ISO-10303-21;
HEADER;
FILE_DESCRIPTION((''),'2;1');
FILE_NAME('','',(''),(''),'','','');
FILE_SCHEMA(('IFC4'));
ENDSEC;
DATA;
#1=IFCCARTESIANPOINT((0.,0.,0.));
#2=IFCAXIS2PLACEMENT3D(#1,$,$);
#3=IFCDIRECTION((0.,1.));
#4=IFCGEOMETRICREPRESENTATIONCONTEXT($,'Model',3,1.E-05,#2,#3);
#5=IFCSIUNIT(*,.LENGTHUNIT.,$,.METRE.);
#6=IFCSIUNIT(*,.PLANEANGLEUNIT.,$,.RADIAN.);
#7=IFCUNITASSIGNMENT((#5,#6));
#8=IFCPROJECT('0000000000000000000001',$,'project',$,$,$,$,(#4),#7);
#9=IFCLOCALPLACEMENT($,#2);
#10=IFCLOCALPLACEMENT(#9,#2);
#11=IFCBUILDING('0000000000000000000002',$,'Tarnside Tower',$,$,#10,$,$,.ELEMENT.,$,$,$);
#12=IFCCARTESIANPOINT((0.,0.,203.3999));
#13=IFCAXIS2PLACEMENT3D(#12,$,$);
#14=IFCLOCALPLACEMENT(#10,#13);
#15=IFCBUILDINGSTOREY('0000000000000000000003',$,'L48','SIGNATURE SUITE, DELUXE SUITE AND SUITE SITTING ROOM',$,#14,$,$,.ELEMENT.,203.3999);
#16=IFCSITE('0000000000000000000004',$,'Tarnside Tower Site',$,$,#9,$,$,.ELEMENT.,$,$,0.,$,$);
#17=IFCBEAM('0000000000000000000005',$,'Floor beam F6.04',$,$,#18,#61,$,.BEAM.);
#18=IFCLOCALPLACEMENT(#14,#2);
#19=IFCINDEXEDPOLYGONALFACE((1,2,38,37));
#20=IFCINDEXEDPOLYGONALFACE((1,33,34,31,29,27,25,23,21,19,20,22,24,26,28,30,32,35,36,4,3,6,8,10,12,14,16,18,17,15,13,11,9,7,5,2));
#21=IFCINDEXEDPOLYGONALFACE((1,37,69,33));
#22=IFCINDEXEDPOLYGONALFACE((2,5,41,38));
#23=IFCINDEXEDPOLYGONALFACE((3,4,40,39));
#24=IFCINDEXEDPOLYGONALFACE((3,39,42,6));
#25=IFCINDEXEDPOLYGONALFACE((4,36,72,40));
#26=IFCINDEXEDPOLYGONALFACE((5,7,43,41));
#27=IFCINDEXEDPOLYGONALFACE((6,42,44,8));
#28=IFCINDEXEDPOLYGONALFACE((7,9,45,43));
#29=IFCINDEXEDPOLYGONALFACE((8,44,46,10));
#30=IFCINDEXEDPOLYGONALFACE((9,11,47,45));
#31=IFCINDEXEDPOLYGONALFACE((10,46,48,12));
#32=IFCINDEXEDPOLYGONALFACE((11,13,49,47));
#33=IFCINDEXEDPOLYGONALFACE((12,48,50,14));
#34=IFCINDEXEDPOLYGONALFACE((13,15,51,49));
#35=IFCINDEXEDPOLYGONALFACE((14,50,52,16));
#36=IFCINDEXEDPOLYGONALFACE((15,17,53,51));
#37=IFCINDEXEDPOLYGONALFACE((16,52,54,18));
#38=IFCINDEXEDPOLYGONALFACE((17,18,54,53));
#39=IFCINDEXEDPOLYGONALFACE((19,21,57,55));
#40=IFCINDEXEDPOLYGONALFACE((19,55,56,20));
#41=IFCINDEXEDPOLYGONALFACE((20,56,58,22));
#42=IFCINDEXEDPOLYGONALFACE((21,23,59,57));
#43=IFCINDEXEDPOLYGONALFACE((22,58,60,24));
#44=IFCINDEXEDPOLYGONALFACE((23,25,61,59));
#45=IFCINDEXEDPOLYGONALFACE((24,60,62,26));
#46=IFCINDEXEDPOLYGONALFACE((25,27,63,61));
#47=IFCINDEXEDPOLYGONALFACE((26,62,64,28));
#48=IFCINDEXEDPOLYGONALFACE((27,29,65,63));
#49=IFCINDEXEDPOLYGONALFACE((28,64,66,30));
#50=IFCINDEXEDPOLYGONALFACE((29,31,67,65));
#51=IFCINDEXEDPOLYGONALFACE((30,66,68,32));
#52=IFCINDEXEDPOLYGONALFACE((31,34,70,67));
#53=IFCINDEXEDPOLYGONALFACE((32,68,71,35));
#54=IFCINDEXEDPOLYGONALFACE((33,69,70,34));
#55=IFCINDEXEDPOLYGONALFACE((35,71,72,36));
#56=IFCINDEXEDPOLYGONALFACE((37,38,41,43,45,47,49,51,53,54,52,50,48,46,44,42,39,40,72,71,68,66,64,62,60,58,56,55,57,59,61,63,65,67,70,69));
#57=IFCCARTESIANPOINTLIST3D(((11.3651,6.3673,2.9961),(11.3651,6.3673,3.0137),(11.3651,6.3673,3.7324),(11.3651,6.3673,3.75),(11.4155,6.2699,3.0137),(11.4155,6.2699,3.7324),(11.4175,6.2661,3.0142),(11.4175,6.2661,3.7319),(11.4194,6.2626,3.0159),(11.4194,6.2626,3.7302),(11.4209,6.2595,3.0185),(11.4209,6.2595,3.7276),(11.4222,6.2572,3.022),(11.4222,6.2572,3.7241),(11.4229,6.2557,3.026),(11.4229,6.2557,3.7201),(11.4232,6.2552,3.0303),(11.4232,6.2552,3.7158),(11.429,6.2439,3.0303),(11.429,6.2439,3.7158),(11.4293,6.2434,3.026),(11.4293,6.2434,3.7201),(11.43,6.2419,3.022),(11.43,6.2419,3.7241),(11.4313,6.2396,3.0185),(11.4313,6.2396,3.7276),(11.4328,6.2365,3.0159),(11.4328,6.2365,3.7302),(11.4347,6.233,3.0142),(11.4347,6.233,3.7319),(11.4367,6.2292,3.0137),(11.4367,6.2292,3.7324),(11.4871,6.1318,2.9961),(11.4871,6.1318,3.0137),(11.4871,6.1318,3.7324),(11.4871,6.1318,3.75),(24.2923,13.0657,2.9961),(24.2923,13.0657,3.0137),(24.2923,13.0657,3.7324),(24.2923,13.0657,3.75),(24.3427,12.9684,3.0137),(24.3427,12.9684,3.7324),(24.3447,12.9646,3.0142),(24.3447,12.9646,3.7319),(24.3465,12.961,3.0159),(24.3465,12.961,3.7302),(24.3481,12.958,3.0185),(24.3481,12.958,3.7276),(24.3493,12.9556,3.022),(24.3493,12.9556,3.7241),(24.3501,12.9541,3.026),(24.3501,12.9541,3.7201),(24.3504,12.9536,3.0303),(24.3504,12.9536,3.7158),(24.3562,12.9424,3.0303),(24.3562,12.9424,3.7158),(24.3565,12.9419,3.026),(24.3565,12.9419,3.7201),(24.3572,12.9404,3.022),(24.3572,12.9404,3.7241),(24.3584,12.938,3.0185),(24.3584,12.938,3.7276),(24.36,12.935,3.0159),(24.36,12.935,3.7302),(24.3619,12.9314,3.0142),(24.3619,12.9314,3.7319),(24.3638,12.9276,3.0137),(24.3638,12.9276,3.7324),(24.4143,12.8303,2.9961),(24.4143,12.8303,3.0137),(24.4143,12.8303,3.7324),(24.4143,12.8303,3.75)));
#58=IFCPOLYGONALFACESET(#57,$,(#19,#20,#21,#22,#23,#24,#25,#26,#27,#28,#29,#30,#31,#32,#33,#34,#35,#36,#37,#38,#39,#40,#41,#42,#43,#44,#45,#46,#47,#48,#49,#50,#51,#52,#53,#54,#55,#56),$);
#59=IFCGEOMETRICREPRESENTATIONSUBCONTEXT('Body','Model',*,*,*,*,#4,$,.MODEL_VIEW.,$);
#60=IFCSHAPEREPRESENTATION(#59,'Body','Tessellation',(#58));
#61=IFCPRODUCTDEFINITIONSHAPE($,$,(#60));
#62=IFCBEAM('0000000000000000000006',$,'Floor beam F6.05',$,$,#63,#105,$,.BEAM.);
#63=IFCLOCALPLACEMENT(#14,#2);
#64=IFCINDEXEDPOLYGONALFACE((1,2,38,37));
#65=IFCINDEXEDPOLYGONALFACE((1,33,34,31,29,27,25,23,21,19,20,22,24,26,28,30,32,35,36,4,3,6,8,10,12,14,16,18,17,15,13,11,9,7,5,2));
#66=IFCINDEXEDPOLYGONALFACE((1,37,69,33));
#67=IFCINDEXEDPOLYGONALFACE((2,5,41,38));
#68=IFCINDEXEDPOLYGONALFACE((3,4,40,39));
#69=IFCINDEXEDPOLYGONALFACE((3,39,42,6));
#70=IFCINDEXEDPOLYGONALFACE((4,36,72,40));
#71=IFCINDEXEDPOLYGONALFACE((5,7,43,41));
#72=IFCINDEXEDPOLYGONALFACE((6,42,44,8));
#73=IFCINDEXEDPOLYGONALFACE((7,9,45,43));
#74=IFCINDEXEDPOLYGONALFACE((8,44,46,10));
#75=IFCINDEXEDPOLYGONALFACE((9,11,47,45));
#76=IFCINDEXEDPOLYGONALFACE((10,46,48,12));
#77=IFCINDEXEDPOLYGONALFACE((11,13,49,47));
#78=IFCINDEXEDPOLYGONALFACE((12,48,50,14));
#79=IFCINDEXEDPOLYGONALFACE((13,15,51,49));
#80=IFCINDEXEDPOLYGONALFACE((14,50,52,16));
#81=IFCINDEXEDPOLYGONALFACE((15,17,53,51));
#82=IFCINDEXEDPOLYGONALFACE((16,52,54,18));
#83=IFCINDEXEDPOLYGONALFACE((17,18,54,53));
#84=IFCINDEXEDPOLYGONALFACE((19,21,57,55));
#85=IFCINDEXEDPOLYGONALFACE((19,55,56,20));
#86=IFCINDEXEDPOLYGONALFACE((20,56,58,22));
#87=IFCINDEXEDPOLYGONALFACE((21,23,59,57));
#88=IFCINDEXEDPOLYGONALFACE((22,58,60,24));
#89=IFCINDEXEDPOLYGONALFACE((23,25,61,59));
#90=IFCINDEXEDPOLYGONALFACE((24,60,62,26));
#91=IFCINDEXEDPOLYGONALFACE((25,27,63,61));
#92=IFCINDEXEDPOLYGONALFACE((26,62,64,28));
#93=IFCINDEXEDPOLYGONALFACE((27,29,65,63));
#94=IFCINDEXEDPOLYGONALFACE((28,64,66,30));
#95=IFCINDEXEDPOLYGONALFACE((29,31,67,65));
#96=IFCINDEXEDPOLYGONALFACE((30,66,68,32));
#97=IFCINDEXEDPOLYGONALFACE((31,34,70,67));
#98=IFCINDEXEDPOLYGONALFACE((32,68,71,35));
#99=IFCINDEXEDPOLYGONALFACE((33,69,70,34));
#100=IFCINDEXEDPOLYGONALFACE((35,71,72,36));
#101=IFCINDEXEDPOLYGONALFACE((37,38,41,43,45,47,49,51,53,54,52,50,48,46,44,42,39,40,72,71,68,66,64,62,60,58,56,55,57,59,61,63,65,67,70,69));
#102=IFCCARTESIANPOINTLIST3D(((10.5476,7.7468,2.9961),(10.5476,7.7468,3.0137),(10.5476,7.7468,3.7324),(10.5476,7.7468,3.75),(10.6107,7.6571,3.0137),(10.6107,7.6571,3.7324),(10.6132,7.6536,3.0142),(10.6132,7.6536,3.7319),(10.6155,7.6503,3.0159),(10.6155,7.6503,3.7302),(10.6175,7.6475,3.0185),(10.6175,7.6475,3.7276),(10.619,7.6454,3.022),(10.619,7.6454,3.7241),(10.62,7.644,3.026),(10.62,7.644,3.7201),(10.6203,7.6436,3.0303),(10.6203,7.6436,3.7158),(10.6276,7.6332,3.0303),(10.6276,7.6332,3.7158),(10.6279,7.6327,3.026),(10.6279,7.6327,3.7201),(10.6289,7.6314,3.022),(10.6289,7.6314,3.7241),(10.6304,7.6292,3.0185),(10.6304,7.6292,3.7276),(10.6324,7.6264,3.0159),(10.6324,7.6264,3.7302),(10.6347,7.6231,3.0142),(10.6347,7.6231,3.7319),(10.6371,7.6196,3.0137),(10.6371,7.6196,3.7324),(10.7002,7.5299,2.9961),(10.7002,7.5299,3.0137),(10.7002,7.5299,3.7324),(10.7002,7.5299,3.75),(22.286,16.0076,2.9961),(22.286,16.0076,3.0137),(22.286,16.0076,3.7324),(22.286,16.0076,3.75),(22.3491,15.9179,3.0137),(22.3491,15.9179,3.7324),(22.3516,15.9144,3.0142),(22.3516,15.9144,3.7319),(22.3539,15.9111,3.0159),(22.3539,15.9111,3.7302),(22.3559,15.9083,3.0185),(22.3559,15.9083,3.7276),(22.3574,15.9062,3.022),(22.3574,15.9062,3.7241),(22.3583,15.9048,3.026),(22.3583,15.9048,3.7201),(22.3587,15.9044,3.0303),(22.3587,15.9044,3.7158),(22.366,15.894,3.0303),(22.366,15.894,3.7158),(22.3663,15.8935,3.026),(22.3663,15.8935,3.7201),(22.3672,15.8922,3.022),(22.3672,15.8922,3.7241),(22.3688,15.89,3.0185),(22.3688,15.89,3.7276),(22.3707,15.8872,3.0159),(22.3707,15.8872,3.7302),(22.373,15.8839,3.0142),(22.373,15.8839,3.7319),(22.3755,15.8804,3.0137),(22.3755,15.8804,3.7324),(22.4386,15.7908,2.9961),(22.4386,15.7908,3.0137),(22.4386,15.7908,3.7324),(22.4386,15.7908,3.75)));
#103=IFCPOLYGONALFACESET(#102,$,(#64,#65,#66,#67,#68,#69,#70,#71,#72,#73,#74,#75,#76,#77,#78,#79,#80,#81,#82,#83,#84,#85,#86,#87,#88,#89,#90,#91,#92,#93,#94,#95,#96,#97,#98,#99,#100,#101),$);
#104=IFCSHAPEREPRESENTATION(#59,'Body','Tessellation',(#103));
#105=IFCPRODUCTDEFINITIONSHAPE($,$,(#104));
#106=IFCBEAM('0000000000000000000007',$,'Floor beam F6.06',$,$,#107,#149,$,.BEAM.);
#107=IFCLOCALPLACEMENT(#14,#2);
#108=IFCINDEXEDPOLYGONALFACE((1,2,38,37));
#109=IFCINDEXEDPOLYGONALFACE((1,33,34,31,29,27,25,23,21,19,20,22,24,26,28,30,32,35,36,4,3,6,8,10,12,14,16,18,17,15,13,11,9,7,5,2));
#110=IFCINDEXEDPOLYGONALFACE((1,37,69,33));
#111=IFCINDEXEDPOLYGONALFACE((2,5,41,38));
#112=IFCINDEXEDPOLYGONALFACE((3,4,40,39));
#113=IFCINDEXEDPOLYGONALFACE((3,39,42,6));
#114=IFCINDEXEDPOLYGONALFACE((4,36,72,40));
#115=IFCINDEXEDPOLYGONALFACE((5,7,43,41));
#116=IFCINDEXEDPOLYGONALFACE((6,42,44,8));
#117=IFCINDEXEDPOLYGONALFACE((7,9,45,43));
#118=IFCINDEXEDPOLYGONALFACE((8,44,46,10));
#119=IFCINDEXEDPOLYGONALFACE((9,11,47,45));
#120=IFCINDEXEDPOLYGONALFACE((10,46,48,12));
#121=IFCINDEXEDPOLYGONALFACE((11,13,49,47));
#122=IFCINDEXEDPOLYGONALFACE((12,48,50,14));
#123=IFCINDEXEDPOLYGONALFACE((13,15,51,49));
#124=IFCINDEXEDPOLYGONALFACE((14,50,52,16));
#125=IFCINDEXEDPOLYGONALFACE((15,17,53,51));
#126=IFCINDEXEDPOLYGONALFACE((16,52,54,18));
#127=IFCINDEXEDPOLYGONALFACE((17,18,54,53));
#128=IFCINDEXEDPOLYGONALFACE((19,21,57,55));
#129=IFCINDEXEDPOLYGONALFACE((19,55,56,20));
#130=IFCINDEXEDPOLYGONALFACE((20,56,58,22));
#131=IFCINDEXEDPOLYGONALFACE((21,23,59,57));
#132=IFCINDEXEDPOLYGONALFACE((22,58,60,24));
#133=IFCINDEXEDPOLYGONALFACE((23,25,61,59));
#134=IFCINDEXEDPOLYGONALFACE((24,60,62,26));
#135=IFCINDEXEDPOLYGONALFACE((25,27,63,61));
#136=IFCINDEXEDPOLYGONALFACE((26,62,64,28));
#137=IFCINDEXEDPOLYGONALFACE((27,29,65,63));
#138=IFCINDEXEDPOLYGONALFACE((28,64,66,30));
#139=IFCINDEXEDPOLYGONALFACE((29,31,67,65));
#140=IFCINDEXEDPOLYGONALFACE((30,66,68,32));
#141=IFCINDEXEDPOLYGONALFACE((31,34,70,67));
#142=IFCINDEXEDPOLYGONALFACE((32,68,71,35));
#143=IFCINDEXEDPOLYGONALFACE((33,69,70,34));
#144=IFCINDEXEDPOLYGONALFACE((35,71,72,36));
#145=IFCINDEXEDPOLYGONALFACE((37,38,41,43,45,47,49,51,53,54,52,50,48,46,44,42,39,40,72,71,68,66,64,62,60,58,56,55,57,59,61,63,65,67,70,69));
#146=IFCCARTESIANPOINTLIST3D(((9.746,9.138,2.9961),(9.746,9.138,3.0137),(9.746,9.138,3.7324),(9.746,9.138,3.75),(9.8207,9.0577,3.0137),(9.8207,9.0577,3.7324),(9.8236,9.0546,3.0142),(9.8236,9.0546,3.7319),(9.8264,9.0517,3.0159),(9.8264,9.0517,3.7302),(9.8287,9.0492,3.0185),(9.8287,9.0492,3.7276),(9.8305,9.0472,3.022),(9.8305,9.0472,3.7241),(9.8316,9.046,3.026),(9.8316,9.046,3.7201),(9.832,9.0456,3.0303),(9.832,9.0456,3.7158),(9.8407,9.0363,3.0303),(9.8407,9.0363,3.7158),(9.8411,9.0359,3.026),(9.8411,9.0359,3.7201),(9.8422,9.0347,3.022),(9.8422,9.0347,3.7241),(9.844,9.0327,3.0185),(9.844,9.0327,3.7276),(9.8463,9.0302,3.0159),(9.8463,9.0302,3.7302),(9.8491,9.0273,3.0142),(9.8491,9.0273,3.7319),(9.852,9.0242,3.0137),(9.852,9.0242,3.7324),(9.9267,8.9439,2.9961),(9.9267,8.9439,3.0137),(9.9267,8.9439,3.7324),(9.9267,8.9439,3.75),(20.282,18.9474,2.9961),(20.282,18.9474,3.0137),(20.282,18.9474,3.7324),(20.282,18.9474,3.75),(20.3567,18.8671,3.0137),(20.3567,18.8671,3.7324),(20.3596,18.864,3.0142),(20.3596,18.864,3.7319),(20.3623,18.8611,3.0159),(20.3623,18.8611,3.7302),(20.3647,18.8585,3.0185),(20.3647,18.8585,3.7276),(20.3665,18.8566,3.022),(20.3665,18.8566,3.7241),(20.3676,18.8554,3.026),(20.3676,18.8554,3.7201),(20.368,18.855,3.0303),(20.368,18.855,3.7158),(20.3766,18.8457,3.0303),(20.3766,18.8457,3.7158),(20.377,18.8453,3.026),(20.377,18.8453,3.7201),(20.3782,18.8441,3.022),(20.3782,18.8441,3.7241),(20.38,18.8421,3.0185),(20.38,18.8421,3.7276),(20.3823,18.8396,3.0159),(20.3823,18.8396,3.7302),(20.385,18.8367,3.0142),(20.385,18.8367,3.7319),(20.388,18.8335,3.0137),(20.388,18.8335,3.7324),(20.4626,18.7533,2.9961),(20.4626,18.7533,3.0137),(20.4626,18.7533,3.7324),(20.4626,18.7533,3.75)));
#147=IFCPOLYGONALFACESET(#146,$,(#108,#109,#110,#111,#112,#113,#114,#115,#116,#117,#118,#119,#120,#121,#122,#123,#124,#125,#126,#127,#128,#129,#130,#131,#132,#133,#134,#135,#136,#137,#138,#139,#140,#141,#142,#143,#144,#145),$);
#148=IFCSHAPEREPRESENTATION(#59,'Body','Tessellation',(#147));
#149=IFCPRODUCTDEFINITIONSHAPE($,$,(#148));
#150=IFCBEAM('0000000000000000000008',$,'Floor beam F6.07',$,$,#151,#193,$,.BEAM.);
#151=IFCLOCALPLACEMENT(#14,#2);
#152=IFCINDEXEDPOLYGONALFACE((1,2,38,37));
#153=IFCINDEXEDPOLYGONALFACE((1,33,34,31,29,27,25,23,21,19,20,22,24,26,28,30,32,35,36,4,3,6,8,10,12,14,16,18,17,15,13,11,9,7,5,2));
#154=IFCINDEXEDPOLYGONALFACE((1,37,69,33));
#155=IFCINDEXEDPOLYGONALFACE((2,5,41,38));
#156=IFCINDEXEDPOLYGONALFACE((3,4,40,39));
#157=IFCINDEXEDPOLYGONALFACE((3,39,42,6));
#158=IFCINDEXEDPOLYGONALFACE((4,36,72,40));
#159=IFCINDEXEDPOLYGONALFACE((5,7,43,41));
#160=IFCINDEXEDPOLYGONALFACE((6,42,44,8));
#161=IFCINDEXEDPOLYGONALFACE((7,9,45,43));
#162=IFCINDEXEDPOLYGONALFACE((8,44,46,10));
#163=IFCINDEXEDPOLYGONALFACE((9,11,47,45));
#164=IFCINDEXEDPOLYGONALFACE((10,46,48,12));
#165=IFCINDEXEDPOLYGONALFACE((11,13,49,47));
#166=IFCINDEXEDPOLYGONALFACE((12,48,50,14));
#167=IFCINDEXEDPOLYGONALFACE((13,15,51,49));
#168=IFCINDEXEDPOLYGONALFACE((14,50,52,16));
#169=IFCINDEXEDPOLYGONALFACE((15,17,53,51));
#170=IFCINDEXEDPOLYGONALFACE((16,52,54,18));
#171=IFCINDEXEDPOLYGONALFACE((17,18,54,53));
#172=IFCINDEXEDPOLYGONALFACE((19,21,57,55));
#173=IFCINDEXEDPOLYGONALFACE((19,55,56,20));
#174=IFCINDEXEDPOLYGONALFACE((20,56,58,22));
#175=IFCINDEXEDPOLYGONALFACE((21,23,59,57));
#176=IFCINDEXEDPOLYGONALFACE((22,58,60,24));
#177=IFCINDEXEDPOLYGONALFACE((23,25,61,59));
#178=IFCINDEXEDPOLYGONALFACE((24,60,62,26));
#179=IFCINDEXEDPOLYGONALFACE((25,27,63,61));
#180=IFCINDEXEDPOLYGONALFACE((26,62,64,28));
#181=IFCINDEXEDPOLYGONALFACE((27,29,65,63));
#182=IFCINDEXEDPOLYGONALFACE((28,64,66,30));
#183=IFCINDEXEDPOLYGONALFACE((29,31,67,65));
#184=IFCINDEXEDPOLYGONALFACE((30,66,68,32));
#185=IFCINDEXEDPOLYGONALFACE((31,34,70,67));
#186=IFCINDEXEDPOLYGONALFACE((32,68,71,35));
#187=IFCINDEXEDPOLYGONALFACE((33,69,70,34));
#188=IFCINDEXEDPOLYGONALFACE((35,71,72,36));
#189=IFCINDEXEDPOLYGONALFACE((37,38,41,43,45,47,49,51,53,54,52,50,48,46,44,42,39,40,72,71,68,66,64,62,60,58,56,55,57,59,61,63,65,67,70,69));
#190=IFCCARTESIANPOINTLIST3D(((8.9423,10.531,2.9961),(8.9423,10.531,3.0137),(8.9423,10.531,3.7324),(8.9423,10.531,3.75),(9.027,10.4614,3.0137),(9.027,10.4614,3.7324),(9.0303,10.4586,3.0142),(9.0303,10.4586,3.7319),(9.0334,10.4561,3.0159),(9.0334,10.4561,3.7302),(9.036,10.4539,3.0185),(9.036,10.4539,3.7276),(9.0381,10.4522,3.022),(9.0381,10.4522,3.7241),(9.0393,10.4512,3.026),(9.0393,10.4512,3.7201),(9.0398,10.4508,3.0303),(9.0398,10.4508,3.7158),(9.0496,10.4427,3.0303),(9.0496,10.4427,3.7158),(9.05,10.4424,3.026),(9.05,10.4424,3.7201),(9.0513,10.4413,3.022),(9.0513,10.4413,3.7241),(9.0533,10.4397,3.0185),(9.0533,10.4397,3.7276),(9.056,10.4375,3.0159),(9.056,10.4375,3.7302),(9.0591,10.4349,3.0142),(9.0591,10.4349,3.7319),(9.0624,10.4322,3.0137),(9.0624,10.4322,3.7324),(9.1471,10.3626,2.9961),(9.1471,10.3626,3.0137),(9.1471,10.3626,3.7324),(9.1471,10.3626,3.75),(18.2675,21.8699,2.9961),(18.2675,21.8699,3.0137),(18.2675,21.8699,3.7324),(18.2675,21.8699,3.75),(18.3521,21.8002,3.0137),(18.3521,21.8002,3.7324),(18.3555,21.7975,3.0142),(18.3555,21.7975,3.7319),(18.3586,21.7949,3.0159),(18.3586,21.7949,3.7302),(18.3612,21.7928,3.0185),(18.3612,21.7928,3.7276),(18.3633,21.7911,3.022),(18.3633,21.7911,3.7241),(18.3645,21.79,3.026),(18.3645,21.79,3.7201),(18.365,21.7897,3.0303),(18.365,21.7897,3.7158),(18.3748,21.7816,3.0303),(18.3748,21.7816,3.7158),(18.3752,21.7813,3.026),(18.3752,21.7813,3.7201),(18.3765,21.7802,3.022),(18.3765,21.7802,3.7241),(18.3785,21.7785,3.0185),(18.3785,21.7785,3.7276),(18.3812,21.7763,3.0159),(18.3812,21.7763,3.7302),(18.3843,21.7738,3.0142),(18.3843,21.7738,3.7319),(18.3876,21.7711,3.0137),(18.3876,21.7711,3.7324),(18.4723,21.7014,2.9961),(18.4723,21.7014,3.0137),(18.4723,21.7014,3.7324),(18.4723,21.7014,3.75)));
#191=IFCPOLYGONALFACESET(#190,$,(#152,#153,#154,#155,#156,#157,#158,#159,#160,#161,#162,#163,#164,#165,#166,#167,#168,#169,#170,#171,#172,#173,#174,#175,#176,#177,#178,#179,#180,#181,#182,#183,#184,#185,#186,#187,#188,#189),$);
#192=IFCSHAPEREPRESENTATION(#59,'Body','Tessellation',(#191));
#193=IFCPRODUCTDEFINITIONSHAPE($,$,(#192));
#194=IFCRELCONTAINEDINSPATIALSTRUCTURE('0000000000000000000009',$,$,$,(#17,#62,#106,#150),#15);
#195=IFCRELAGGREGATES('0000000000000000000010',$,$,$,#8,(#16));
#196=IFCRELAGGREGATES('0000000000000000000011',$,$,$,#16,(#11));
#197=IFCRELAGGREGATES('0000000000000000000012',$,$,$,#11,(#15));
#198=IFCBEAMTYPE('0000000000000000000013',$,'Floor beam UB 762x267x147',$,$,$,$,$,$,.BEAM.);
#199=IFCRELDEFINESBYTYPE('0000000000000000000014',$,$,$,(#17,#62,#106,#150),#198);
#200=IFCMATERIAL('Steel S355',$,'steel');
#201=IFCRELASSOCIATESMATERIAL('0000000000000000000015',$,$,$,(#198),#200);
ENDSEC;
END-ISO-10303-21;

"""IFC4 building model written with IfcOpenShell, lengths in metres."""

from ifc_helpers import new_model, si_unit, direction, frame, origin, origin_2d, place, context, subcontext, project, spatial, i_section, extrude, material, material_profile, profile_set, type_object, element, save


model = new_model("IFC4")

# Units and contexts
model_context = context("Model", 3, precision=1e-05, world=origin(), true_north=direction((0.0, 1.0)))
body_context = subcontext(model_context, "Body", "Model", "MODEL_VIEW")
ifc_project = project(units=[si_unit("LENGTHUNIT", "METRE"), si_unit("PLANEANGLEUNIT", "RADIAN")], contexts=[model_context])

# Site, building, storey
site_placement = place(None, origin())
site = spatial("IfcSite", under=ifc_project, at=site_placement, Name="Tarnside Tower Site", CompositionType="ELEMENT", RefElevation=0.0)
building_placement = place(site_placement, origin())
building = spatial("IfcBuilding", under=site, at=building_placement, Name="Tarnside Tower", CompositionType="ELEMENT")
storey_placement = place(building_placement, frame((0.0, 0.0, 203.3999)))
storey = spatial("IfcBuildingStorey", under=building, at=storey_placement, Name="L48", Description="SIGNATURE SUITE, DELUXE SUITE AND SUITE SITTING ROOM", CompositionType="ELEMENT", Elevation=203.3999)

# Beams
ifc_material_1 = material(Name="Steel S355", Category="steel")
ifc_material_profile_1 = material_profile(ifc_material_1, i_section(OverallWidth=0.2651, OverallDepth=0.7539, WebThickness=0.0127, FlangeThickness=0.0176, FilletRadius=0.0166, at=origin_2d()), Name="UB 762x267x147")
ifc_profile_set_1 = profile_set([ifc_material_profile_1], Name="Steel S355")
beam_type_1 = type_object("IfcBeamType", Name="Floor beam UB 762x267x147", PredefinedType="BEAM", material=ifc_profile_set_1)
beam_1_placement = place(storey_placement, frame((24.3533, 12.948, 3.373), z_axis=(-0.887882, -0.460072, 0.0), x_axis=(0.460072, -0.887882, 0.0)))
element("IfcBeam", 1, at=beam_1_placement, inside=storey, type_object=beam_type_1, Name="Floor beam F6.04", PredefinedType="BEAM", context=body_context, shape_type="SweptSolid", body=[
    extrude(i_section(OverallWidth=0.2651, OverallDepth=0.7539, WebThickness=0.0127, FlangeThickness=0.0176, FilletRadius=0.0166, at=origin_2d()), origin(), (0.0, 0.0, 1.0), 14.5596),
])
beam_2_placement = place(storey_placement, frame((22.3623, 15.8992, 3.373), z_axis=(-0.817791, -0.575515, 0.0), x_axis=(0.575515, -0.817791, 0.0)))
element("IfcBeam", 2, at=beam_2_placement, inside=storey, type_object=beam_type_1, Name="Floor beam F6.05", PredefinedType="BEAM", context=body_context, shape_type="SweptSolid", body=[
    extrude(i_section(OverallWidth=0.2651, OverallDepth=0.7539, WebThickness=0.0127, FlangeThickness=0.0176, FilletRadius=0.0166, at=origin_2d()), origin(), (0.0, 0.0, 1.0), 14.3538),
])
beam_3_placement = place(storey_placement, frame((20.3723, 18.8503, 3.373), z_axis=(-0.731892, -0.68142, 0.0), x_axis=(0.68142, -0.731892, 0.0)))
element("IfcBeam", 3, at=beam_3_placement, inside=storey, type_object=beam_type_1, Name="Floor beam F6.06", PredefinedType="BEAM", context=body_context, shape_type="SweptSolid", body=[
    extrude(i_section(OverallWidth=0.2651, OverallDepth=0.7539, WebThickness=0.0127, FlangeThickness=0.0176, FilletRadius=0.0166, at=origin_2d()), origin(), (0.0, 0.0, 1.0), 14.3955),
])
beam_4_placement = place(storey_placement, frame((18.3699, 21.7856, 3.373), z_axis=(-0.635192, -0.772354, 0.0), x_axis=(0.772354, -0.635192, 0.0)))
element("IfcBeam", 4, at=beam_4_placement, inside=storey, type_object=beam_type_1, Name="Floor beam F6.07", PredefinedType="BEAM", context=body_context, shape_type="SweptSolid", body=[
    extrude(i_section(OverallWidth=0.2651, OverallDepth=0.7539, WebThickness=0.0127, FlangeThickness=0.0176, FilletRadius=0.0166, at=origin_2d()), origin(), (0.0, 0.0, 1.0), 14.6809),
])

save(model, "model.ifc")
